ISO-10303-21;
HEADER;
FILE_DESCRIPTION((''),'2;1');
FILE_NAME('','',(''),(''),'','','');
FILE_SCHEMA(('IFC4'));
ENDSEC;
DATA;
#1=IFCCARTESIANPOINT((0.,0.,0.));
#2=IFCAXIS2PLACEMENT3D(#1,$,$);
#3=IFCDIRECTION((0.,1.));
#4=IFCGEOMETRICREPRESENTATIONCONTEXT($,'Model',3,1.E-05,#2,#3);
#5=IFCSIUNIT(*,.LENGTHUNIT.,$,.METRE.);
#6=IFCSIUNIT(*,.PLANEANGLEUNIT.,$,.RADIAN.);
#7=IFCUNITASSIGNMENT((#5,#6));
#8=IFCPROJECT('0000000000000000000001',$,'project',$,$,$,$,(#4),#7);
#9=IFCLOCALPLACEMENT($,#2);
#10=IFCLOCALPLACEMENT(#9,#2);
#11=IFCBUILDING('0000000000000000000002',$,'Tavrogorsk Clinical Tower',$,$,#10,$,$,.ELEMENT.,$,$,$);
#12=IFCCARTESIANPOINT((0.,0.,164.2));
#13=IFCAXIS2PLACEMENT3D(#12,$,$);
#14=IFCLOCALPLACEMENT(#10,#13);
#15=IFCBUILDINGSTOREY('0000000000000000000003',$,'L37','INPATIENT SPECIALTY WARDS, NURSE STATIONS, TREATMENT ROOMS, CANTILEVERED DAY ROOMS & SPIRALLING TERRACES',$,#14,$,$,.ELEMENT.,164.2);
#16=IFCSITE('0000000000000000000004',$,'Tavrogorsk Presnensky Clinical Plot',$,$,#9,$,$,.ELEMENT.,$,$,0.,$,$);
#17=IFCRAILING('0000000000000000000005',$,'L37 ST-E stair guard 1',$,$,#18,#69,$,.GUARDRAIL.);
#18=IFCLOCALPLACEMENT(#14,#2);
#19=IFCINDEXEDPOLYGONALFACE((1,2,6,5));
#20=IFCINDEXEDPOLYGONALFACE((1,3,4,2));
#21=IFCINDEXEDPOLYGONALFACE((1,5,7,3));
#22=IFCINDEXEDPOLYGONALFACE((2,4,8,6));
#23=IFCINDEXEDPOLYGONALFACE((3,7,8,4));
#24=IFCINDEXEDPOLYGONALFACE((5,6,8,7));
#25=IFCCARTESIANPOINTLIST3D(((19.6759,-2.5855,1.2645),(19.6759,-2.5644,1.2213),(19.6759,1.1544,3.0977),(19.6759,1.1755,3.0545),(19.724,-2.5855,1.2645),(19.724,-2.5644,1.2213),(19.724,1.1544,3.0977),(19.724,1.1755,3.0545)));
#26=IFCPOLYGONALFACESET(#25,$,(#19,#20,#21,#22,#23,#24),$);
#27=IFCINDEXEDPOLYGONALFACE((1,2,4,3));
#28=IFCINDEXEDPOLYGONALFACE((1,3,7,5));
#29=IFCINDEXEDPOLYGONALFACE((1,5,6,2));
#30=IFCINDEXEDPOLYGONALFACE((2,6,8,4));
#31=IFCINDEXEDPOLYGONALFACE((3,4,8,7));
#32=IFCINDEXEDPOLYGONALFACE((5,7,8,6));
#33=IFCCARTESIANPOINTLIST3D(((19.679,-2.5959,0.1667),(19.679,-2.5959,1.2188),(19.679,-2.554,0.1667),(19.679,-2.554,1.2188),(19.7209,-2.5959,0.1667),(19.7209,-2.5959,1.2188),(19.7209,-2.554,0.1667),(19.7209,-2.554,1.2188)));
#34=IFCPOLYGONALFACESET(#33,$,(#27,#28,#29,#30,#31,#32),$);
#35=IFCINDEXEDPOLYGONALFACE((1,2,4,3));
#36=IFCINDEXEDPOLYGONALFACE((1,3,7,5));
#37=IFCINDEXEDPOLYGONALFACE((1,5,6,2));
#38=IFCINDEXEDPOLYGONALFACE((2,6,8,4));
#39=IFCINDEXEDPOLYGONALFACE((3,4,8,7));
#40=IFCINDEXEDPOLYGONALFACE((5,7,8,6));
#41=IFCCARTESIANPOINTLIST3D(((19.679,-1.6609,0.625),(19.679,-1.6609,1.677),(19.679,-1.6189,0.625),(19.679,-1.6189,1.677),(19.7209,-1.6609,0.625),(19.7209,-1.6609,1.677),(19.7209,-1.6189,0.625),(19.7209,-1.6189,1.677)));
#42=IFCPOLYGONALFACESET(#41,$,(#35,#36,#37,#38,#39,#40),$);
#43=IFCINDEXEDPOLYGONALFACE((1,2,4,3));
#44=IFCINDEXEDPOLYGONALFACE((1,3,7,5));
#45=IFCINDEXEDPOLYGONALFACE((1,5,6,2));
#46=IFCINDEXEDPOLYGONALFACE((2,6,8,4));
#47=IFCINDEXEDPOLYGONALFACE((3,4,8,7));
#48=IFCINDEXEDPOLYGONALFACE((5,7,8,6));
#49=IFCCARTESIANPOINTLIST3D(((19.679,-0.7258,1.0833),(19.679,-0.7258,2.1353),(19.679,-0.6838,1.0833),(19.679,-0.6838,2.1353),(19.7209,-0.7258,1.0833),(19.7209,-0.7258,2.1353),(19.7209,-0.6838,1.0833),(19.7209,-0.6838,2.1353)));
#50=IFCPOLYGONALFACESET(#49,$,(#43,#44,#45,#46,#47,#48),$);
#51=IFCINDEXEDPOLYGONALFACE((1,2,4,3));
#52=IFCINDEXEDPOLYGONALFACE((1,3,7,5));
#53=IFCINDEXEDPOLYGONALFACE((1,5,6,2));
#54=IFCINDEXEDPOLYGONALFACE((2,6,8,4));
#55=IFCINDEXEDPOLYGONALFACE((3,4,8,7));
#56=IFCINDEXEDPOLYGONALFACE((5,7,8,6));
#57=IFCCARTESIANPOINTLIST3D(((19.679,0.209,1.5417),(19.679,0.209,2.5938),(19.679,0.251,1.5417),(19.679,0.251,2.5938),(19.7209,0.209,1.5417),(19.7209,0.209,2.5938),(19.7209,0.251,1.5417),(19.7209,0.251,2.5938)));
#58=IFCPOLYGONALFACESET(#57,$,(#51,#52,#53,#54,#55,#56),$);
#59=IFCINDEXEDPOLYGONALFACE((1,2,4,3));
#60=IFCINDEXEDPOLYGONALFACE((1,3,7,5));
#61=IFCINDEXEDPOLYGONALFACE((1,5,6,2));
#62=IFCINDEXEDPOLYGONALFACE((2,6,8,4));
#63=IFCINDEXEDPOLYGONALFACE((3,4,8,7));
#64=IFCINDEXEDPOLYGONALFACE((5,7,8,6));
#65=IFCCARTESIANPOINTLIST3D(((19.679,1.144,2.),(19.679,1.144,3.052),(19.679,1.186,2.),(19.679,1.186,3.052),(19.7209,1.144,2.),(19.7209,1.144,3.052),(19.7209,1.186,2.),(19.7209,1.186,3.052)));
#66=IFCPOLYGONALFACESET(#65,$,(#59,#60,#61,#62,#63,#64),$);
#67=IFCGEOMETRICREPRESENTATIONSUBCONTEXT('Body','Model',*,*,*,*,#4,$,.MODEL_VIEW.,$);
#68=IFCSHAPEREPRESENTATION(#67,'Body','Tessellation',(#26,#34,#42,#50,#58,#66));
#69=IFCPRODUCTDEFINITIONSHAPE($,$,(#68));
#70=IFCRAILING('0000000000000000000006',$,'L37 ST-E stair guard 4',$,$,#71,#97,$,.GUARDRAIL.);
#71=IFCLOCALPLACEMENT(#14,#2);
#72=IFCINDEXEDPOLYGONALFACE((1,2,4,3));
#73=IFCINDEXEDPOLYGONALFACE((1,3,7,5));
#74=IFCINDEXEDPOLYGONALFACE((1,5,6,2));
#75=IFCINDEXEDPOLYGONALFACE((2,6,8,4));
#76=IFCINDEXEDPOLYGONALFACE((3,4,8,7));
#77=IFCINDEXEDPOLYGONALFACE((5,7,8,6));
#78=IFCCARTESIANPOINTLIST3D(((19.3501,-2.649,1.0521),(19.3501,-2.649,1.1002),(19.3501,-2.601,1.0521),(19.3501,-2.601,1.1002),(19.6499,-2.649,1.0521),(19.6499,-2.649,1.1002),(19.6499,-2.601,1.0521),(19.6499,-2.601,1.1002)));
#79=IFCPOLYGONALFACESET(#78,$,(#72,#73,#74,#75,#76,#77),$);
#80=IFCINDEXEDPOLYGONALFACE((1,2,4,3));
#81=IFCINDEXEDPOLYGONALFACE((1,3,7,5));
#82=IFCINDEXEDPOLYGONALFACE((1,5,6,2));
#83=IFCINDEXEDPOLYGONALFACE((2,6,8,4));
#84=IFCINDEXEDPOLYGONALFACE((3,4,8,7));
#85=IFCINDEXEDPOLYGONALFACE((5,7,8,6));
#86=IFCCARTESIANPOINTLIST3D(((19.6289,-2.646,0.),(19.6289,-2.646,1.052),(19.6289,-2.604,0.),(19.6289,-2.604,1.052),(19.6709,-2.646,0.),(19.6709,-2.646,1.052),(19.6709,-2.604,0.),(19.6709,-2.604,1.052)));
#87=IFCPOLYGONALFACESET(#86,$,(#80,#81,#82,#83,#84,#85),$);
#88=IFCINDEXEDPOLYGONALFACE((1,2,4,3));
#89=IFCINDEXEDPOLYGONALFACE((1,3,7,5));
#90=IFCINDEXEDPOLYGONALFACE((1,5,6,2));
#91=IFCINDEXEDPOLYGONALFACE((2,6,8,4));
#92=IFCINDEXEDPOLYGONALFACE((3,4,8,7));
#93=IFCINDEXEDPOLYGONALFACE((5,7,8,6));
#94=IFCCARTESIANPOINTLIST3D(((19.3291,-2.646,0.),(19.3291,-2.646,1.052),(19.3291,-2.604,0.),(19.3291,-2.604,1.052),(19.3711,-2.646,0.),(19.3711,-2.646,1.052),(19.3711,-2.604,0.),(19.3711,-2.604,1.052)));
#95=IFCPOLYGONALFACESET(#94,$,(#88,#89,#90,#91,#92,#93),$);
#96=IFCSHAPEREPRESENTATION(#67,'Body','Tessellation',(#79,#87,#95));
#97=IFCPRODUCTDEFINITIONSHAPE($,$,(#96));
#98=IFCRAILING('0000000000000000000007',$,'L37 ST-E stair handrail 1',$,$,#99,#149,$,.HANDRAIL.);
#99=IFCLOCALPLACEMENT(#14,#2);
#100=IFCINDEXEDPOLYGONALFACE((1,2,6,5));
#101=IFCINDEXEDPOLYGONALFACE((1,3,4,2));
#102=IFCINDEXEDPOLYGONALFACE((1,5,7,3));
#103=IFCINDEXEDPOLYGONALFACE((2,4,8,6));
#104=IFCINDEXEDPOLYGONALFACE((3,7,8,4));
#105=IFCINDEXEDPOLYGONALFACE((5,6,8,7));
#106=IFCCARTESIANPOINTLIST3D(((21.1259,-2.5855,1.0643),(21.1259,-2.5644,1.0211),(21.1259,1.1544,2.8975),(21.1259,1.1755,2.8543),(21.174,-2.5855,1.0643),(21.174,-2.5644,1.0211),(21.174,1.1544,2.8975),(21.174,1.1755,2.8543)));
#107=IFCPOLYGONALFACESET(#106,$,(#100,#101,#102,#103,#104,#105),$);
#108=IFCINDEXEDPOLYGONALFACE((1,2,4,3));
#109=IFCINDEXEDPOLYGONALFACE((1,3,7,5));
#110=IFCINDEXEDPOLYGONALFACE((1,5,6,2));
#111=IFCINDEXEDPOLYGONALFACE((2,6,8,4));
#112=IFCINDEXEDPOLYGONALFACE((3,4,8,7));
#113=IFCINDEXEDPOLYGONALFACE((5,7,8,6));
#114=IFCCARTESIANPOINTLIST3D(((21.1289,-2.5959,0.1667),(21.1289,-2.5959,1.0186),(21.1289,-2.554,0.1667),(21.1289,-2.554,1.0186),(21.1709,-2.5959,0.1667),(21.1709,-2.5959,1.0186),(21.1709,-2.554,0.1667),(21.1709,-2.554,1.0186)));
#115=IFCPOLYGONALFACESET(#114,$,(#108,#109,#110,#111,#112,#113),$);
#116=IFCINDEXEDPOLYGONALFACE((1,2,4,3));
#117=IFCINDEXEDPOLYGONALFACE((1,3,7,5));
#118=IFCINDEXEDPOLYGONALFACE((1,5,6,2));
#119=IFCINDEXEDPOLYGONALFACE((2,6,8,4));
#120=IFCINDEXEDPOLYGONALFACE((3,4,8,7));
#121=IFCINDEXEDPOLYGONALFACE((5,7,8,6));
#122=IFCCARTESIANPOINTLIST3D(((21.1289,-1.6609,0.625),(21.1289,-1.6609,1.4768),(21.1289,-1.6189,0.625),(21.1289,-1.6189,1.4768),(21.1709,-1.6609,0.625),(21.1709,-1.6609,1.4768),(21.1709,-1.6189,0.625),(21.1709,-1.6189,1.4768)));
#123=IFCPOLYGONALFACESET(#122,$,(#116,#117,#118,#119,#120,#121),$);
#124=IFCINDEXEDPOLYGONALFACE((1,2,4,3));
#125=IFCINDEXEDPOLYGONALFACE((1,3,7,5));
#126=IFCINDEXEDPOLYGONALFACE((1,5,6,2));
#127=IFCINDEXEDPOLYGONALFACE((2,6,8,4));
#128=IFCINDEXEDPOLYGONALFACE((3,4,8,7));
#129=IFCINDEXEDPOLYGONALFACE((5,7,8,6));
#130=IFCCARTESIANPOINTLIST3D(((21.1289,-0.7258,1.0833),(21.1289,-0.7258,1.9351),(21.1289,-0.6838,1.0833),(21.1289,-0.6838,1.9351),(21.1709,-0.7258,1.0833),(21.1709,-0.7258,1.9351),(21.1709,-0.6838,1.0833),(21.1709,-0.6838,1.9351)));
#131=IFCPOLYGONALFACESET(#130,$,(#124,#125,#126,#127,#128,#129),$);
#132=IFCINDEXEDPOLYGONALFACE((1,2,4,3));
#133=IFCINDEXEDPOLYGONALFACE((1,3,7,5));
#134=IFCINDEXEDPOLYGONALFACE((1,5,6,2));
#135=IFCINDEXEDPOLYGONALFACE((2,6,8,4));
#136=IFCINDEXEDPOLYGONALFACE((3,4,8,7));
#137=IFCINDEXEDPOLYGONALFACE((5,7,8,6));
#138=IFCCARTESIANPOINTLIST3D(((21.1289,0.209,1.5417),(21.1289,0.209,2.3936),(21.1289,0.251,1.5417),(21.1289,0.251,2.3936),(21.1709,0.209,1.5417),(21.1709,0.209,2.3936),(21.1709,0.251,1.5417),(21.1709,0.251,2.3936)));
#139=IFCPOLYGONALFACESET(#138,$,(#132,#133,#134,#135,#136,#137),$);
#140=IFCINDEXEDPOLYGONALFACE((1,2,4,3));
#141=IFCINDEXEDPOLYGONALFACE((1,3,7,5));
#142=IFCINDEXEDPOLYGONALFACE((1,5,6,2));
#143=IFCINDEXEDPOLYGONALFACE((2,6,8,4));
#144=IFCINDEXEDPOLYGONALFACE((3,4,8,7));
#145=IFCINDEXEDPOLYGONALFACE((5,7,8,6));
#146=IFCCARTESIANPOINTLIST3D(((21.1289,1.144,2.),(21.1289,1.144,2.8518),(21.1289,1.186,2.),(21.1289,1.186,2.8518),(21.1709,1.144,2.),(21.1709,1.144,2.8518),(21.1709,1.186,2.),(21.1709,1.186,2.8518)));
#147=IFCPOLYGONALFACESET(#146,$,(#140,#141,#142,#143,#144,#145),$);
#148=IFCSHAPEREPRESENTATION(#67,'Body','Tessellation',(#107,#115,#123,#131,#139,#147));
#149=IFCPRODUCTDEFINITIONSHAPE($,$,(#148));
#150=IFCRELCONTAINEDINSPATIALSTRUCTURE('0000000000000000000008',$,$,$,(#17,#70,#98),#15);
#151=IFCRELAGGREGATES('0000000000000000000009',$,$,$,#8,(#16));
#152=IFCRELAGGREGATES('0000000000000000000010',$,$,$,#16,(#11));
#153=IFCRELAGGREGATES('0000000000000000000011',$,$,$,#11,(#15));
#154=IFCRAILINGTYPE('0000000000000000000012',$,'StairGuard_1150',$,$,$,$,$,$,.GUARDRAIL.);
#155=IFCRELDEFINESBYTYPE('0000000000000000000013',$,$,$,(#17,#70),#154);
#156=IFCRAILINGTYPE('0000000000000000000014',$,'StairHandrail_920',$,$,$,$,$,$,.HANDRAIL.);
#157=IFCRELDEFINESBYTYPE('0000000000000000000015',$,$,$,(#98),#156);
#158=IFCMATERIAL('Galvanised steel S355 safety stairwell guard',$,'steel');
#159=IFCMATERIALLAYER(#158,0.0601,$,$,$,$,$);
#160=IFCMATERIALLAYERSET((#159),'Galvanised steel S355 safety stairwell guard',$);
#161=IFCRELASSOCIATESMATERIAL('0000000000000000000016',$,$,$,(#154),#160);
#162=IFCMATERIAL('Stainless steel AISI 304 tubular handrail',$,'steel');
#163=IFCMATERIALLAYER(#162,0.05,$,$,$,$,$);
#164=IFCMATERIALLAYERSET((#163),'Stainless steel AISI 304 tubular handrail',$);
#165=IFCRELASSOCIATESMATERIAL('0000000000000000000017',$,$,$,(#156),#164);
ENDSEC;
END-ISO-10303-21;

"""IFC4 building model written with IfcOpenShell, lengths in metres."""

from ifc_helpers import new_model, si_unit, direction, frame, origin, origin_2d, place, context, subcontext, project, spatial, rectangle, extrude, material, layer, layer_set, type_object, element, save


model = new_model("IFC4")

# Units and contexts
model_context = context("Model", 3, precision=1e-05, world=origin(), true_north=direction((0.0, 1.0)))
body_context = subcontext(model_context, "Body", "Model", "MODEL_VIEW")
ifc_project = project(units=[si_unit("LENGTHUNIT", "METRE"), si_unit("PLANEANGLEUNIT", "RADIAN")], contexts=[model_context])

# Site, building, storey
site_placement = place(None, origin())
site = spatial("IfcSite", under=ifc_project, at=site_placement, Name="Tavrogorsk Presnensky Clinical Plot", CompositionType="ELEMENT", RefElevation=0.0)
building_placement = place(site_placement, origin())
building = spatial("IfcBuilding", under=site, at=building_placement, Name="Tavrogorsk Clinical Tower", CompositionType="ELEMENT")
storey_placement = place(building_placement, frame((0.0, 0.0, 164.2)))
storey = spatial("IfcBuildingStorey", under=building, at=storey_placement, Name="L37", Description="INPATIENT SPECIALTY WARDS, NURSE STATIONS, TREATMENT ROOMS, CANTILEVERED DAY ROOMS & SPIRALLING TERRACES", CompositionType="ELEMENT", Elevation=164.2)

# Railings
ifc_material_1 = material(Name="Galvanised steel S355 safety stairwell guard", Category="steel")
ifc_layer_1 = layer(ifc_material_1, 0.0601)
ifc_layer_set_1 = layer_set([ifc_layer_1], Name="Galvanised steel S355 safety stairwell guard")
railing_type_1 = type_object("IfcRailingType", Name="StairGuard_1150", PredefinedType="GUARDRAIL", material=ifc_layer_set_1)
railing_1_placement = place(storey_placement, frame((19.7, -2.575, 0.1667)))
element("IfcRailing", 1, at=railing_1_placement, inside=storey, type_object=railing_type_1, Name="L37 ST-E stair guard 1", PredefinedType="GUARDRAIL", context=body_context, shape_type="SweptSolid", body=[
    extrude(rectangle(XDim=0.0481, YDim=0.0481, at=origin_2d()), frame((0.0, 0.0, 1.0762), z_axis=(0.0, 0.897928, 0.440142), x_axis=(-1.0, 0.0, 0.0)), (0.0, 0.0, 1.0), 4.165),
    extrude(rectangle(XDim=0.042, YDim=0.042, at=origin_2d()), origin(), (0.0, 0.0, 1.0), 1.052),
    extrude(rectangle(XDim=0.042, YDim=0.042, at=origin_2d()), frame((0.0, 0.9351, 0.4583)), (0.0, 0.0, 1.0), 1.052),
    extrude(rectangle(XDim=0.042, YDim=0.042, at=origin_2d()), frame((0.0, 1.8701, 0.9165)), (0.0, 0.0, 1.0), 1.052),
    extrude(rectangle(XDim=0.042, YDim=0.042, at=origin_2d()), frame((0.0, 2.8049, 1.375)), (0.0, 0.0, 1.0), 1.052),
    extrude(rectangle(XDim=0.042, YDim=0.042, at=origin_2d()), frame((0.0, 3.74, 1.8333)), (0.0, 0.0, 1.0), 1.052),
])
railing_2_placement = place(storey_placement, frame((19.6499, -2.625, 0.0)))
element("IfcRailing", 2, at=railing_2_placement, inside=storey, type_object=railing_type_1, Name="L37 ST-E stair guard 4", PredefinedType="GUARDRAIL", context=body_context, shape_type="SweptSolid", body=[
    extrude(rectangle(XDim=0.0481, YDim=0.0481, at=origin_2d()), frame((0.0, 0.0, 1.0762), z_axis=(-1.0, 0.0, 0.0), x_axis=(0.0, -1.0, 0.0)), (0.0, 0.0, 1.0), 0.2998),
    extrude(rectangle(XDim=0.042, YDim=0.042, at=origin_2d()), origin(), (0.0, 0.0, 1.0), 1.052),
    extrude(rectangle(XDim=0.042, YDim=0.042, at=origin_2d()), frame((-0.2998, 0.0, 0.0)), (0.0, 0.0, 1.0), 1.052),
])
ifc_material_2 = material(Name="Stainless steel AISI 304 tubular handrail", Category="steel")
ifc_layer_2 = layer(ifc_material_2, 0.05)
ifc_layer_set_2 = layer_set([ifc_layer_2], Name="Stainless steel AISI 304 tubular handrail")
railing_type_2 = type_object("IfcRailingType", Name="StairHandrail_920", PredefinedType="HANDRAIL", material=ifc_layer_set_2)
railing_3_placement = place(storey_placement, frame((21.1499, -2.575, 0.1667)))
element("IfcRailing", 3, at=railing_3_placement, inside=storey, type_object=railing_type_2, Name="L37 ST-E stair handrail 1", PredefinedType="HANDRAIL", context=body_context, shape_type="SweptSolid", body=[
    extrude(rectangle(XDim=0.0481, YDim=0.0481, at=origin_2d()), frame((0.0, 0.0, 0.876), z_axis=(0.0, 0.897928, 0.440142), x_axis=(-1.0, 0.0, 0.0)), (0.0, 0.0, 1.0), 4.165),
    extrude(rectangle(XDim=0.042, YDim=0.042, at=origin_2d()), origin(), (0.0, 0.0, 1.0), 0.8518),
    extrude(rectangle(XDim=0.042, YDim=0.042, at=origin_2d()), frame((0.0, 0.9351, 0.4583)), (0.0, 0.0, 1.0), 0.8518),
    extrude(rectangle(XDim=0.042, YDim=0.042, at=origin_2d()), frame((0.0, 1.8701, 0.9165)), (0.0, 0.0, 1.0), 0.8518),
    extrude(rectangle(XDim=0.042, YDim=0.042, at=origin_2d()), frame((0.0, 2.8049, 1.375)), (0.0, 0.0, 1.0), 0.8518),
    extrude(rectangle(XDim=0.042, YDim=0.042, at=origin_2d()), frame((0.0, 3.74, 1.8333)), (0.0, 0.0, 1.0), 0.8518),
])

save(model, "model.ifc")
